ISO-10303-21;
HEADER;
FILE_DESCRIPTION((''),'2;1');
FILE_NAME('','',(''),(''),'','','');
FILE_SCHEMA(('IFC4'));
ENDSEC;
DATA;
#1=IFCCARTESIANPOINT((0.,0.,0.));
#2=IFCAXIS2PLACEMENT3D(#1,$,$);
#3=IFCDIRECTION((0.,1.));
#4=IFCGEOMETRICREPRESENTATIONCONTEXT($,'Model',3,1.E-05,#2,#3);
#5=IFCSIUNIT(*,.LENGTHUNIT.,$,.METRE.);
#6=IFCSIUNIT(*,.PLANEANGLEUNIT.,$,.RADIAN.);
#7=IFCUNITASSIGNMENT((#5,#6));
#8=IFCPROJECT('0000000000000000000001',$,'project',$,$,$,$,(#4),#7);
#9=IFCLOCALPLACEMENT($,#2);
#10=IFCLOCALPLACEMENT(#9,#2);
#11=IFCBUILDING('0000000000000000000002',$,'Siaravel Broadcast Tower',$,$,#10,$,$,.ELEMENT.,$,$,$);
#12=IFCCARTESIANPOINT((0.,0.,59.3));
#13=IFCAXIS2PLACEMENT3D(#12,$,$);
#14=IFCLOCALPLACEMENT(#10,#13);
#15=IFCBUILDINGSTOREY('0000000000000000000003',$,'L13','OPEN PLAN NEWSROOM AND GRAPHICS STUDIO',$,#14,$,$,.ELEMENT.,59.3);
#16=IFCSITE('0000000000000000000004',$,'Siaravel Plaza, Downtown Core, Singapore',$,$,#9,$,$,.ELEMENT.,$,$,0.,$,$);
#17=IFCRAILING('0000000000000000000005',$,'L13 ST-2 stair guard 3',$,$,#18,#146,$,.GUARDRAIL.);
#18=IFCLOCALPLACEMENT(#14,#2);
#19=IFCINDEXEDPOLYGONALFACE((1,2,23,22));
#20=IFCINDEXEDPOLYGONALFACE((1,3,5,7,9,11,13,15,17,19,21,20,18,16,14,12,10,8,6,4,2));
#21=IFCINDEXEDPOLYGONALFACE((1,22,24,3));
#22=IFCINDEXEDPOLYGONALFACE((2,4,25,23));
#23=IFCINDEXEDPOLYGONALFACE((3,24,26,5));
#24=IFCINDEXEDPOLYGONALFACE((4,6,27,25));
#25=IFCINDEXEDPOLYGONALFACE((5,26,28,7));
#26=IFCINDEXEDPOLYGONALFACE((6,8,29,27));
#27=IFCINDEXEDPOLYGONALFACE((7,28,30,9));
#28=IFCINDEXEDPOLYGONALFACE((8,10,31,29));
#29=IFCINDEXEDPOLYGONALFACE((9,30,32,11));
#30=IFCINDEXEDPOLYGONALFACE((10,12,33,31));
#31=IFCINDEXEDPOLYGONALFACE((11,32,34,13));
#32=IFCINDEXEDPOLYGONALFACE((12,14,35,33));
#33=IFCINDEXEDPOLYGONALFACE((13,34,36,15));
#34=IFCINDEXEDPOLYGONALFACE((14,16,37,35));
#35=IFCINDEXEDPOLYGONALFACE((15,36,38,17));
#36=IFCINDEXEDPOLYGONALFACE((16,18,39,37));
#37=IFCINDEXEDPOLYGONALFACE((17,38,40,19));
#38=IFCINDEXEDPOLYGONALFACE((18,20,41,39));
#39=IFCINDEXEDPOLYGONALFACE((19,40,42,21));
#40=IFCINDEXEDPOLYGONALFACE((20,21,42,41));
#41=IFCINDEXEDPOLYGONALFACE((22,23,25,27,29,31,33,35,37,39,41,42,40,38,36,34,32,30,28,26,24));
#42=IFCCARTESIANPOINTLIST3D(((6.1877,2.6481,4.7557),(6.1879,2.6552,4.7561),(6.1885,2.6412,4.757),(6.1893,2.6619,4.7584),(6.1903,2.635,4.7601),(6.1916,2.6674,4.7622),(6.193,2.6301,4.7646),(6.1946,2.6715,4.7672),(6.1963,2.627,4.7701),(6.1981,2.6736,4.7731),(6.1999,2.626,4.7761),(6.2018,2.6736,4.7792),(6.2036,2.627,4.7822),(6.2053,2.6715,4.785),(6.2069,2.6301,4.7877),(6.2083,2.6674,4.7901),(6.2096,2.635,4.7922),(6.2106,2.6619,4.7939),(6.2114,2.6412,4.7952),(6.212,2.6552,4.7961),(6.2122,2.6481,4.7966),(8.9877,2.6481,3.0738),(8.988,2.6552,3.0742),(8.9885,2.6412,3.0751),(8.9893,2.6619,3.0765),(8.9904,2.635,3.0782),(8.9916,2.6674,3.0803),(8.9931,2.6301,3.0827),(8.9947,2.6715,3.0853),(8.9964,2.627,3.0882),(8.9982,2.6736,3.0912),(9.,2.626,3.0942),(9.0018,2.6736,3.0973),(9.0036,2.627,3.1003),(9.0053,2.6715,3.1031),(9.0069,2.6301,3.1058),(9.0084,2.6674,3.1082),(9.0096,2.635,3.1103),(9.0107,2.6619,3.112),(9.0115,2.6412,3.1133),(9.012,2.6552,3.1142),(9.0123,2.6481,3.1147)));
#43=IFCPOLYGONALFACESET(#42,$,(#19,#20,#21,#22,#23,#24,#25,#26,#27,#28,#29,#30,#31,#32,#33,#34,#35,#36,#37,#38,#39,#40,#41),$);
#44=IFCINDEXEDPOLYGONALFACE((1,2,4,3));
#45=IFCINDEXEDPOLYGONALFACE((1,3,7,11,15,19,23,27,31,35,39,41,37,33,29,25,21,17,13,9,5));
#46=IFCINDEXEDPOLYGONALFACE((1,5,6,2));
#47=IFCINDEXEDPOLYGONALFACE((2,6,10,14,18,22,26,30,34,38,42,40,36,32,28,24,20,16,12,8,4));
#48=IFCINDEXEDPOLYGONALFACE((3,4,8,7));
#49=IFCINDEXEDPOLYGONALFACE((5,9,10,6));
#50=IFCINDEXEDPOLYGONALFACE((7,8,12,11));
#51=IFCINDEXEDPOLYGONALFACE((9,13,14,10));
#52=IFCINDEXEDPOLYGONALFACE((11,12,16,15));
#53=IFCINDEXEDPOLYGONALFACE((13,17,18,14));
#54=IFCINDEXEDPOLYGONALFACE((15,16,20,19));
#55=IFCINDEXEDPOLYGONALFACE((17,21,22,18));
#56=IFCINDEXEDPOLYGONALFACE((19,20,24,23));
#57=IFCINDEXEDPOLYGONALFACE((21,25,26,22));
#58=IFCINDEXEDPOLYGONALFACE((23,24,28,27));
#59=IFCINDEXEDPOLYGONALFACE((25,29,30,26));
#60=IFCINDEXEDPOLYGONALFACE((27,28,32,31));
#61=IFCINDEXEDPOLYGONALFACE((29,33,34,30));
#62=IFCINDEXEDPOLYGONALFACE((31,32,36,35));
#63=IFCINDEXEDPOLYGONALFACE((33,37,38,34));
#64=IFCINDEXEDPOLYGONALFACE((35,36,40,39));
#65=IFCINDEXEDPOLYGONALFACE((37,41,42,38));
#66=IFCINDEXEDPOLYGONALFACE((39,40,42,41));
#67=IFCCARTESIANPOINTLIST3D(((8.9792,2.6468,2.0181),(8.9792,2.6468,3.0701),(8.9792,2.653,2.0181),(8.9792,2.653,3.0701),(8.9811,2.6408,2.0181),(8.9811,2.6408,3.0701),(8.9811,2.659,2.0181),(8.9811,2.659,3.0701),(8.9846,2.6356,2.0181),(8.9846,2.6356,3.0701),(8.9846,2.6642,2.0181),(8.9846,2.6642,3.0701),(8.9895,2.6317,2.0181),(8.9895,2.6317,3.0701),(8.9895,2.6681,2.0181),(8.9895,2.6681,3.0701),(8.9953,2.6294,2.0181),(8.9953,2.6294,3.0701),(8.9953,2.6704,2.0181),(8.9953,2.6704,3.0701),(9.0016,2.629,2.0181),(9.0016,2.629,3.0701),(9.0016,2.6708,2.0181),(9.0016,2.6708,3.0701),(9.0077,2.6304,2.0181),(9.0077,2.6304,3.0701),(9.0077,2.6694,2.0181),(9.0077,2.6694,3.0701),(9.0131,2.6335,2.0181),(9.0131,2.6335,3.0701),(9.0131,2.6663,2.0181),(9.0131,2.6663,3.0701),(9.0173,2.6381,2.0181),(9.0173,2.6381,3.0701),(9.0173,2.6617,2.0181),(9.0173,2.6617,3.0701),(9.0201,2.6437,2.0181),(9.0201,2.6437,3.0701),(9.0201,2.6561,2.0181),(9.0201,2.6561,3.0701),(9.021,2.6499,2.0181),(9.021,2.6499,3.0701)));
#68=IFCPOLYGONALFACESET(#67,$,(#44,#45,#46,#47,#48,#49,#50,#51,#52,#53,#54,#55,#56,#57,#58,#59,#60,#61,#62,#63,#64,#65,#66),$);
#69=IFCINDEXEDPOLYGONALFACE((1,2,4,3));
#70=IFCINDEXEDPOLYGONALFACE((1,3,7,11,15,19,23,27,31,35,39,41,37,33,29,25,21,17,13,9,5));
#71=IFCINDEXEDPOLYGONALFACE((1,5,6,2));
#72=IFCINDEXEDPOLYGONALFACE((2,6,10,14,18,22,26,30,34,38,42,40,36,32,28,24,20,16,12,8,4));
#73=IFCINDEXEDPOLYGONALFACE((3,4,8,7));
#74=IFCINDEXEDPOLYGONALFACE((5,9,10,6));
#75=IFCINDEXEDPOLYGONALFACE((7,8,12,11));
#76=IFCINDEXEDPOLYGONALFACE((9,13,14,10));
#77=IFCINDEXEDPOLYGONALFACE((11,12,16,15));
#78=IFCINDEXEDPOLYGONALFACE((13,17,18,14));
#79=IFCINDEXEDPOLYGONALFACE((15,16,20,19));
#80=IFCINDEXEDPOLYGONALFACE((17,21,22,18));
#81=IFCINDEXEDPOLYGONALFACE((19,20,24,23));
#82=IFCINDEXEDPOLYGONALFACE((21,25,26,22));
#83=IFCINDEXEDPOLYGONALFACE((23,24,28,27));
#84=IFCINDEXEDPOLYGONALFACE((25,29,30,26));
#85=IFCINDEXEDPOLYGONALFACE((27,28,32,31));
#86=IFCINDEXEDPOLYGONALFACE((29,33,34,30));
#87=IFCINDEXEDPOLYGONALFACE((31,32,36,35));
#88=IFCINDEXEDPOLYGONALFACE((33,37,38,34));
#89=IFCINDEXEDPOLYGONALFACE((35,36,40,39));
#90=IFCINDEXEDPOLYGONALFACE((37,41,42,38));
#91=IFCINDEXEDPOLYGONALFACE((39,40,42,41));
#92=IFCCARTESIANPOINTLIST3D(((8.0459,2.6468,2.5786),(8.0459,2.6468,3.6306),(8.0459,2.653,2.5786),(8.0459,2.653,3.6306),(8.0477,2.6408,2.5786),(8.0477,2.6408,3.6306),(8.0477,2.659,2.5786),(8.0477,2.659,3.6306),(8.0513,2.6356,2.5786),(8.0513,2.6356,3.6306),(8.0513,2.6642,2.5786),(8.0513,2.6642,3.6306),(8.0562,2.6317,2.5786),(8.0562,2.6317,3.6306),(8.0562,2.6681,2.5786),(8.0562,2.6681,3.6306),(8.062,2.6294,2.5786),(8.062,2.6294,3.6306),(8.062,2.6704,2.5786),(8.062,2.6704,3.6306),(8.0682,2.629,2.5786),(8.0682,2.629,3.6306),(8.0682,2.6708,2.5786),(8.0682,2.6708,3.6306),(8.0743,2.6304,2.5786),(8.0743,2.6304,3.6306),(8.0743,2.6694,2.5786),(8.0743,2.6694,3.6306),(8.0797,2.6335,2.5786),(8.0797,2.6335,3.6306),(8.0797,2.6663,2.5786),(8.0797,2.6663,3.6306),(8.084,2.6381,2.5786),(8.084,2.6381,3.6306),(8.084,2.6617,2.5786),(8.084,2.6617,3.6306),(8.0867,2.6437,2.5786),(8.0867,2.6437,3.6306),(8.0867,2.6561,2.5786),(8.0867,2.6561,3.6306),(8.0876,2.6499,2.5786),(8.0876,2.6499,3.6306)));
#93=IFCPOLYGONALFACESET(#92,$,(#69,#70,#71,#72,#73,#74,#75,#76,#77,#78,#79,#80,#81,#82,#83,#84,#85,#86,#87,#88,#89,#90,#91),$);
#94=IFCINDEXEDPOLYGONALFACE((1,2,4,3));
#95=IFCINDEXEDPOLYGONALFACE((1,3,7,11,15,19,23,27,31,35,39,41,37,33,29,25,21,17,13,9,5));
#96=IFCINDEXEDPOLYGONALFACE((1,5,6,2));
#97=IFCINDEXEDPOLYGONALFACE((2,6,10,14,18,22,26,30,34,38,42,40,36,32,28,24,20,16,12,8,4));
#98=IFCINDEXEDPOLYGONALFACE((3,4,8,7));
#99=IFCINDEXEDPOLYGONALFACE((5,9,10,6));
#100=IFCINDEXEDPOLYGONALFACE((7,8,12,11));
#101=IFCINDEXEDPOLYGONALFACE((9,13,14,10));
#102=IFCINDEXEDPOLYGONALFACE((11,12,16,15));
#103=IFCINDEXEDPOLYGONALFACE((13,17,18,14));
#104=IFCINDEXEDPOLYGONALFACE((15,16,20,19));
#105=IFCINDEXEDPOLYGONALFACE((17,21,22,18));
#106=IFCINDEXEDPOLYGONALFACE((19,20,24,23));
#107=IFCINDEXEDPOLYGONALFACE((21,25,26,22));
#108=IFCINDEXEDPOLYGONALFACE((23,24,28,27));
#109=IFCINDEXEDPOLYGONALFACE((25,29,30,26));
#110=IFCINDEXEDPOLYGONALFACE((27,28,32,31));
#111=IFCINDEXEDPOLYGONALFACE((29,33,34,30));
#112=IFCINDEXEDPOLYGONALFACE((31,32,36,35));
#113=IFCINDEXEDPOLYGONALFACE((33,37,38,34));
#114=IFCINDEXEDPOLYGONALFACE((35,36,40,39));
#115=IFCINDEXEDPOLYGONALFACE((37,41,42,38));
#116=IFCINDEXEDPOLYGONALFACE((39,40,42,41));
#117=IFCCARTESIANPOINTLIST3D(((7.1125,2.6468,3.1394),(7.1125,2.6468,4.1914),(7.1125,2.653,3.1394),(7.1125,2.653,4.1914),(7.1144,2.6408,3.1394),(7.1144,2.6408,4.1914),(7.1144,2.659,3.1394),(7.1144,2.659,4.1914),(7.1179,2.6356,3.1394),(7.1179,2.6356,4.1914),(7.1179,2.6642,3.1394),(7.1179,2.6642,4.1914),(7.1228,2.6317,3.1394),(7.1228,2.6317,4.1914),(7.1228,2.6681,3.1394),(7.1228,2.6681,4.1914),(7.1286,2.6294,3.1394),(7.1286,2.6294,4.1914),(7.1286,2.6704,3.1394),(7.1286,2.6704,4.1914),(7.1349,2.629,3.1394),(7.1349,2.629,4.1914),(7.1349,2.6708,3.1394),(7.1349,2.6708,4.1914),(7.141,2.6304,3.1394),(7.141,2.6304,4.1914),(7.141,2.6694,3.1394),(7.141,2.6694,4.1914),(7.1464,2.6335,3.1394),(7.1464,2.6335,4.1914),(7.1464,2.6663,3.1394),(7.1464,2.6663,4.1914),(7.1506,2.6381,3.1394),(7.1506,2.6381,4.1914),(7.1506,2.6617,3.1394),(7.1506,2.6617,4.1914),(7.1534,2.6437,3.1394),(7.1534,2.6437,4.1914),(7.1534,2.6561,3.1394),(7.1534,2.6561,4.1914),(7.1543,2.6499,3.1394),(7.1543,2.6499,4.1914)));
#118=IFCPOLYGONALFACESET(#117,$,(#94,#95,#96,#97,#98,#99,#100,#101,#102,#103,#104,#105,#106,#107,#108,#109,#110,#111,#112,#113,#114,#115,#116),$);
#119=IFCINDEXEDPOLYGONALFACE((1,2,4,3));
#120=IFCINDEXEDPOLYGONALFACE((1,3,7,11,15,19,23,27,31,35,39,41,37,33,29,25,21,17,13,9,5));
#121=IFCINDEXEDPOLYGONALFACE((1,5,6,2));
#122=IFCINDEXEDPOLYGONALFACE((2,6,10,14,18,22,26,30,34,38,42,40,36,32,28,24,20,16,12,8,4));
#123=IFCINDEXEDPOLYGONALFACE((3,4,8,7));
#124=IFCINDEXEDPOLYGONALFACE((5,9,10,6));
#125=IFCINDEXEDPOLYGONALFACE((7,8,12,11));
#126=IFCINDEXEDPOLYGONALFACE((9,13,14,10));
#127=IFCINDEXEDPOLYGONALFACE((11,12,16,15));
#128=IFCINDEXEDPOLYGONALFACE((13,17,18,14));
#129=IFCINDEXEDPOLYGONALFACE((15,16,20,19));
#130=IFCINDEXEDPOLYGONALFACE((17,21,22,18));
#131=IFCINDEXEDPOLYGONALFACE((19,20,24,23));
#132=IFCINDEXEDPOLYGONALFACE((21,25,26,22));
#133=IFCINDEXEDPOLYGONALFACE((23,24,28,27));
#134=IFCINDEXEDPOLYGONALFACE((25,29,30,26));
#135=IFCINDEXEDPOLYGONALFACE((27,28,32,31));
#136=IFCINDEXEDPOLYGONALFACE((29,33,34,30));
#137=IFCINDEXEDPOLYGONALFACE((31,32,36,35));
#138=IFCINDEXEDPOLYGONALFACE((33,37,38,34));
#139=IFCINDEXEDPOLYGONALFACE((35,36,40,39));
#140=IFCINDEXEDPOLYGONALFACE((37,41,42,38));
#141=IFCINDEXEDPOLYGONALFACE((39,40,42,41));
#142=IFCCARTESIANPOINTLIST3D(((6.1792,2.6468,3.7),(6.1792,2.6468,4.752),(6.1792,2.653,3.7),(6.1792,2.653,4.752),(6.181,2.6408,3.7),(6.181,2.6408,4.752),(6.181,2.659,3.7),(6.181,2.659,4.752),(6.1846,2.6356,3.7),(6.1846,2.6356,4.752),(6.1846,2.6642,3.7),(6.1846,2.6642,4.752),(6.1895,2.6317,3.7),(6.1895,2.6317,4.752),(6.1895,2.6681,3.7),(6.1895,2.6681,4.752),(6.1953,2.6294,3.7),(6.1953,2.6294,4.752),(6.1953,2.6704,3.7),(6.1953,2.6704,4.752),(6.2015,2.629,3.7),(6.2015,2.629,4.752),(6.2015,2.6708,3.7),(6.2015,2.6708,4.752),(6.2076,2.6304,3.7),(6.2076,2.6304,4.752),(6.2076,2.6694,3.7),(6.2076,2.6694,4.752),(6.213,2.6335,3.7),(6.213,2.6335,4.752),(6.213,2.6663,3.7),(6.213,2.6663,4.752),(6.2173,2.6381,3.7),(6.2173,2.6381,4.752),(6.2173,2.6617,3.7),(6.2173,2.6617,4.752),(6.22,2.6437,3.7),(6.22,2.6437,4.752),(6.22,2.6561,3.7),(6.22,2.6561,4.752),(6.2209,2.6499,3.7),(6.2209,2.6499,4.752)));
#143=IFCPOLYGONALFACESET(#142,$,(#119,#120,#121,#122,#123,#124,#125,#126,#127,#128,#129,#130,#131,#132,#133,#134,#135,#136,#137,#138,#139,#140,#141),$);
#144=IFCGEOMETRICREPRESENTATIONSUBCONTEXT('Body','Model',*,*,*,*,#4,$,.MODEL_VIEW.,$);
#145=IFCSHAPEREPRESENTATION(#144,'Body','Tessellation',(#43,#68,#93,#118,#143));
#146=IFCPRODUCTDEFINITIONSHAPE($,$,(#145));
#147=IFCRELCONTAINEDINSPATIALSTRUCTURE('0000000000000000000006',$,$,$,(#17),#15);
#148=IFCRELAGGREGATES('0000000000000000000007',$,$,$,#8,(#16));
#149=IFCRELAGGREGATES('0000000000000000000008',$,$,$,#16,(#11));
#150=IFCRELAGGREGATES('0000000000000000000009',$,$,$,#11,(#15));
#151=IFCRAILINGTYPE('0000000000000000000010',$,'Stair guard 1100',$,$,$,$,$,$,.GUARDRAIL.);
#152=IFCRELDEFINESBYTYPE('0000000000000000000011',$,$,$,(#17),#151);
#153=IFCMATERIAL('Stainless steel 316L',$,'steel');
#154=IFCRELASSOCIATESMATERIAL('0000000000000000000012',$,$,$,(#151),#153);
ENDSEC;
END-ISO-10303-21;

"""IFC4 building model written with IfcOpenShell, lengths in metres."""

from ifc_helpers import new_model, si_unit, direction, frame, origin, origin_2d, place, context, subcontext, project, spatial, circle, extrude, material, type_object, element, save


model = new_model("IFC4")

# Units and contexts
model_context = context("Model", 3, precision=1e-05, world=origin(), true_north=direction((0.0, 1.0)))
body_context = subcontext(model_context, "Body", "Model", "MODEL_VIEW")
ifc_project = project(units=[si_unit("LENGTHUNIT", "METRE"), si_unit("PLANEANGLEUNIT", "RADIAN")], contexts=[model_context])

# Site, building, storey
site_placement = place(None, origin())
site = spatial("IfcSite", under=ifc_project, at=site_placement, Name="Siaravel Plaza, Downtown Core, Singapore", CompositionType="ELEMENT", RefElevation=0.0)
building_placement = place(site_placement, origin())
building = spatial("IfcBuilding", under=site, at=building_placement, Name="Siaravel Broadcast Tower", CompositionType="ELEMENT")
storey_placement = place(building_placement, frame((0.0, 0.0, 59.3)))
storey = spatial("IfcBuildingStorey", under=building, at=storey_placement, Name="L13", Description="OPEN PLAN NEWSROOM AND GRAPHICS STUDIO", CompositionType="ELEMENT", Elevation=59.3)

# Railing
ifc_material_1 = material(Name="Stainless steel 316L", Category="steel")
railing_type_1 = type_object("IfcRailingType", Name="Stair guard 1100", PredefinedType="GUARDRAIL", material=ifc_material_1)
railing_1_placement = place(storey_placement, frame((9.0, 2.6499, 2.0181)))
element("IfcRailing", 1, at=railing_1_placement, inside=storey, type_object=railing_type_1, Name="L13 ST-2 stair guard 3", PredefinedType="GUARDRAIL", context=body_context, shape_type="SweptSolid", body=[
    extrude(circle(Radius=0.0239, at=origin_2d()), frame((0.0, 0.0, 1.0762), z_axis=(-0.857242, 0.0, 0.514913), x_axis=(0.0, -1.0, 0.0)), (0.0, 0.0, 1.0), 3.2664),
    extrude(circle(Radius=0.021, at=origin_2d()), origin(), (0.0, 0.0, 1.0), 1.052),
    extrude(circle(Radius=0.021, at=origin_2d()), frame((-0.9333, 0.0, 0.5605)), (0.0, 0.0, 1.0), 1.052),
    extrude(circle(Radius=0.021, at=origin_2d()), frame((-1.8667, 0.0, 1.1213)), (0.0, 0.0, 1.0), 1.052),
    extrude(circle(Radius=0.021, at=origin_2d()), frame((-2.8, 0.0, 1.6819)), (0.0, 0.0, 1.0), 1.052),
])

save(model, "model.ifc")
